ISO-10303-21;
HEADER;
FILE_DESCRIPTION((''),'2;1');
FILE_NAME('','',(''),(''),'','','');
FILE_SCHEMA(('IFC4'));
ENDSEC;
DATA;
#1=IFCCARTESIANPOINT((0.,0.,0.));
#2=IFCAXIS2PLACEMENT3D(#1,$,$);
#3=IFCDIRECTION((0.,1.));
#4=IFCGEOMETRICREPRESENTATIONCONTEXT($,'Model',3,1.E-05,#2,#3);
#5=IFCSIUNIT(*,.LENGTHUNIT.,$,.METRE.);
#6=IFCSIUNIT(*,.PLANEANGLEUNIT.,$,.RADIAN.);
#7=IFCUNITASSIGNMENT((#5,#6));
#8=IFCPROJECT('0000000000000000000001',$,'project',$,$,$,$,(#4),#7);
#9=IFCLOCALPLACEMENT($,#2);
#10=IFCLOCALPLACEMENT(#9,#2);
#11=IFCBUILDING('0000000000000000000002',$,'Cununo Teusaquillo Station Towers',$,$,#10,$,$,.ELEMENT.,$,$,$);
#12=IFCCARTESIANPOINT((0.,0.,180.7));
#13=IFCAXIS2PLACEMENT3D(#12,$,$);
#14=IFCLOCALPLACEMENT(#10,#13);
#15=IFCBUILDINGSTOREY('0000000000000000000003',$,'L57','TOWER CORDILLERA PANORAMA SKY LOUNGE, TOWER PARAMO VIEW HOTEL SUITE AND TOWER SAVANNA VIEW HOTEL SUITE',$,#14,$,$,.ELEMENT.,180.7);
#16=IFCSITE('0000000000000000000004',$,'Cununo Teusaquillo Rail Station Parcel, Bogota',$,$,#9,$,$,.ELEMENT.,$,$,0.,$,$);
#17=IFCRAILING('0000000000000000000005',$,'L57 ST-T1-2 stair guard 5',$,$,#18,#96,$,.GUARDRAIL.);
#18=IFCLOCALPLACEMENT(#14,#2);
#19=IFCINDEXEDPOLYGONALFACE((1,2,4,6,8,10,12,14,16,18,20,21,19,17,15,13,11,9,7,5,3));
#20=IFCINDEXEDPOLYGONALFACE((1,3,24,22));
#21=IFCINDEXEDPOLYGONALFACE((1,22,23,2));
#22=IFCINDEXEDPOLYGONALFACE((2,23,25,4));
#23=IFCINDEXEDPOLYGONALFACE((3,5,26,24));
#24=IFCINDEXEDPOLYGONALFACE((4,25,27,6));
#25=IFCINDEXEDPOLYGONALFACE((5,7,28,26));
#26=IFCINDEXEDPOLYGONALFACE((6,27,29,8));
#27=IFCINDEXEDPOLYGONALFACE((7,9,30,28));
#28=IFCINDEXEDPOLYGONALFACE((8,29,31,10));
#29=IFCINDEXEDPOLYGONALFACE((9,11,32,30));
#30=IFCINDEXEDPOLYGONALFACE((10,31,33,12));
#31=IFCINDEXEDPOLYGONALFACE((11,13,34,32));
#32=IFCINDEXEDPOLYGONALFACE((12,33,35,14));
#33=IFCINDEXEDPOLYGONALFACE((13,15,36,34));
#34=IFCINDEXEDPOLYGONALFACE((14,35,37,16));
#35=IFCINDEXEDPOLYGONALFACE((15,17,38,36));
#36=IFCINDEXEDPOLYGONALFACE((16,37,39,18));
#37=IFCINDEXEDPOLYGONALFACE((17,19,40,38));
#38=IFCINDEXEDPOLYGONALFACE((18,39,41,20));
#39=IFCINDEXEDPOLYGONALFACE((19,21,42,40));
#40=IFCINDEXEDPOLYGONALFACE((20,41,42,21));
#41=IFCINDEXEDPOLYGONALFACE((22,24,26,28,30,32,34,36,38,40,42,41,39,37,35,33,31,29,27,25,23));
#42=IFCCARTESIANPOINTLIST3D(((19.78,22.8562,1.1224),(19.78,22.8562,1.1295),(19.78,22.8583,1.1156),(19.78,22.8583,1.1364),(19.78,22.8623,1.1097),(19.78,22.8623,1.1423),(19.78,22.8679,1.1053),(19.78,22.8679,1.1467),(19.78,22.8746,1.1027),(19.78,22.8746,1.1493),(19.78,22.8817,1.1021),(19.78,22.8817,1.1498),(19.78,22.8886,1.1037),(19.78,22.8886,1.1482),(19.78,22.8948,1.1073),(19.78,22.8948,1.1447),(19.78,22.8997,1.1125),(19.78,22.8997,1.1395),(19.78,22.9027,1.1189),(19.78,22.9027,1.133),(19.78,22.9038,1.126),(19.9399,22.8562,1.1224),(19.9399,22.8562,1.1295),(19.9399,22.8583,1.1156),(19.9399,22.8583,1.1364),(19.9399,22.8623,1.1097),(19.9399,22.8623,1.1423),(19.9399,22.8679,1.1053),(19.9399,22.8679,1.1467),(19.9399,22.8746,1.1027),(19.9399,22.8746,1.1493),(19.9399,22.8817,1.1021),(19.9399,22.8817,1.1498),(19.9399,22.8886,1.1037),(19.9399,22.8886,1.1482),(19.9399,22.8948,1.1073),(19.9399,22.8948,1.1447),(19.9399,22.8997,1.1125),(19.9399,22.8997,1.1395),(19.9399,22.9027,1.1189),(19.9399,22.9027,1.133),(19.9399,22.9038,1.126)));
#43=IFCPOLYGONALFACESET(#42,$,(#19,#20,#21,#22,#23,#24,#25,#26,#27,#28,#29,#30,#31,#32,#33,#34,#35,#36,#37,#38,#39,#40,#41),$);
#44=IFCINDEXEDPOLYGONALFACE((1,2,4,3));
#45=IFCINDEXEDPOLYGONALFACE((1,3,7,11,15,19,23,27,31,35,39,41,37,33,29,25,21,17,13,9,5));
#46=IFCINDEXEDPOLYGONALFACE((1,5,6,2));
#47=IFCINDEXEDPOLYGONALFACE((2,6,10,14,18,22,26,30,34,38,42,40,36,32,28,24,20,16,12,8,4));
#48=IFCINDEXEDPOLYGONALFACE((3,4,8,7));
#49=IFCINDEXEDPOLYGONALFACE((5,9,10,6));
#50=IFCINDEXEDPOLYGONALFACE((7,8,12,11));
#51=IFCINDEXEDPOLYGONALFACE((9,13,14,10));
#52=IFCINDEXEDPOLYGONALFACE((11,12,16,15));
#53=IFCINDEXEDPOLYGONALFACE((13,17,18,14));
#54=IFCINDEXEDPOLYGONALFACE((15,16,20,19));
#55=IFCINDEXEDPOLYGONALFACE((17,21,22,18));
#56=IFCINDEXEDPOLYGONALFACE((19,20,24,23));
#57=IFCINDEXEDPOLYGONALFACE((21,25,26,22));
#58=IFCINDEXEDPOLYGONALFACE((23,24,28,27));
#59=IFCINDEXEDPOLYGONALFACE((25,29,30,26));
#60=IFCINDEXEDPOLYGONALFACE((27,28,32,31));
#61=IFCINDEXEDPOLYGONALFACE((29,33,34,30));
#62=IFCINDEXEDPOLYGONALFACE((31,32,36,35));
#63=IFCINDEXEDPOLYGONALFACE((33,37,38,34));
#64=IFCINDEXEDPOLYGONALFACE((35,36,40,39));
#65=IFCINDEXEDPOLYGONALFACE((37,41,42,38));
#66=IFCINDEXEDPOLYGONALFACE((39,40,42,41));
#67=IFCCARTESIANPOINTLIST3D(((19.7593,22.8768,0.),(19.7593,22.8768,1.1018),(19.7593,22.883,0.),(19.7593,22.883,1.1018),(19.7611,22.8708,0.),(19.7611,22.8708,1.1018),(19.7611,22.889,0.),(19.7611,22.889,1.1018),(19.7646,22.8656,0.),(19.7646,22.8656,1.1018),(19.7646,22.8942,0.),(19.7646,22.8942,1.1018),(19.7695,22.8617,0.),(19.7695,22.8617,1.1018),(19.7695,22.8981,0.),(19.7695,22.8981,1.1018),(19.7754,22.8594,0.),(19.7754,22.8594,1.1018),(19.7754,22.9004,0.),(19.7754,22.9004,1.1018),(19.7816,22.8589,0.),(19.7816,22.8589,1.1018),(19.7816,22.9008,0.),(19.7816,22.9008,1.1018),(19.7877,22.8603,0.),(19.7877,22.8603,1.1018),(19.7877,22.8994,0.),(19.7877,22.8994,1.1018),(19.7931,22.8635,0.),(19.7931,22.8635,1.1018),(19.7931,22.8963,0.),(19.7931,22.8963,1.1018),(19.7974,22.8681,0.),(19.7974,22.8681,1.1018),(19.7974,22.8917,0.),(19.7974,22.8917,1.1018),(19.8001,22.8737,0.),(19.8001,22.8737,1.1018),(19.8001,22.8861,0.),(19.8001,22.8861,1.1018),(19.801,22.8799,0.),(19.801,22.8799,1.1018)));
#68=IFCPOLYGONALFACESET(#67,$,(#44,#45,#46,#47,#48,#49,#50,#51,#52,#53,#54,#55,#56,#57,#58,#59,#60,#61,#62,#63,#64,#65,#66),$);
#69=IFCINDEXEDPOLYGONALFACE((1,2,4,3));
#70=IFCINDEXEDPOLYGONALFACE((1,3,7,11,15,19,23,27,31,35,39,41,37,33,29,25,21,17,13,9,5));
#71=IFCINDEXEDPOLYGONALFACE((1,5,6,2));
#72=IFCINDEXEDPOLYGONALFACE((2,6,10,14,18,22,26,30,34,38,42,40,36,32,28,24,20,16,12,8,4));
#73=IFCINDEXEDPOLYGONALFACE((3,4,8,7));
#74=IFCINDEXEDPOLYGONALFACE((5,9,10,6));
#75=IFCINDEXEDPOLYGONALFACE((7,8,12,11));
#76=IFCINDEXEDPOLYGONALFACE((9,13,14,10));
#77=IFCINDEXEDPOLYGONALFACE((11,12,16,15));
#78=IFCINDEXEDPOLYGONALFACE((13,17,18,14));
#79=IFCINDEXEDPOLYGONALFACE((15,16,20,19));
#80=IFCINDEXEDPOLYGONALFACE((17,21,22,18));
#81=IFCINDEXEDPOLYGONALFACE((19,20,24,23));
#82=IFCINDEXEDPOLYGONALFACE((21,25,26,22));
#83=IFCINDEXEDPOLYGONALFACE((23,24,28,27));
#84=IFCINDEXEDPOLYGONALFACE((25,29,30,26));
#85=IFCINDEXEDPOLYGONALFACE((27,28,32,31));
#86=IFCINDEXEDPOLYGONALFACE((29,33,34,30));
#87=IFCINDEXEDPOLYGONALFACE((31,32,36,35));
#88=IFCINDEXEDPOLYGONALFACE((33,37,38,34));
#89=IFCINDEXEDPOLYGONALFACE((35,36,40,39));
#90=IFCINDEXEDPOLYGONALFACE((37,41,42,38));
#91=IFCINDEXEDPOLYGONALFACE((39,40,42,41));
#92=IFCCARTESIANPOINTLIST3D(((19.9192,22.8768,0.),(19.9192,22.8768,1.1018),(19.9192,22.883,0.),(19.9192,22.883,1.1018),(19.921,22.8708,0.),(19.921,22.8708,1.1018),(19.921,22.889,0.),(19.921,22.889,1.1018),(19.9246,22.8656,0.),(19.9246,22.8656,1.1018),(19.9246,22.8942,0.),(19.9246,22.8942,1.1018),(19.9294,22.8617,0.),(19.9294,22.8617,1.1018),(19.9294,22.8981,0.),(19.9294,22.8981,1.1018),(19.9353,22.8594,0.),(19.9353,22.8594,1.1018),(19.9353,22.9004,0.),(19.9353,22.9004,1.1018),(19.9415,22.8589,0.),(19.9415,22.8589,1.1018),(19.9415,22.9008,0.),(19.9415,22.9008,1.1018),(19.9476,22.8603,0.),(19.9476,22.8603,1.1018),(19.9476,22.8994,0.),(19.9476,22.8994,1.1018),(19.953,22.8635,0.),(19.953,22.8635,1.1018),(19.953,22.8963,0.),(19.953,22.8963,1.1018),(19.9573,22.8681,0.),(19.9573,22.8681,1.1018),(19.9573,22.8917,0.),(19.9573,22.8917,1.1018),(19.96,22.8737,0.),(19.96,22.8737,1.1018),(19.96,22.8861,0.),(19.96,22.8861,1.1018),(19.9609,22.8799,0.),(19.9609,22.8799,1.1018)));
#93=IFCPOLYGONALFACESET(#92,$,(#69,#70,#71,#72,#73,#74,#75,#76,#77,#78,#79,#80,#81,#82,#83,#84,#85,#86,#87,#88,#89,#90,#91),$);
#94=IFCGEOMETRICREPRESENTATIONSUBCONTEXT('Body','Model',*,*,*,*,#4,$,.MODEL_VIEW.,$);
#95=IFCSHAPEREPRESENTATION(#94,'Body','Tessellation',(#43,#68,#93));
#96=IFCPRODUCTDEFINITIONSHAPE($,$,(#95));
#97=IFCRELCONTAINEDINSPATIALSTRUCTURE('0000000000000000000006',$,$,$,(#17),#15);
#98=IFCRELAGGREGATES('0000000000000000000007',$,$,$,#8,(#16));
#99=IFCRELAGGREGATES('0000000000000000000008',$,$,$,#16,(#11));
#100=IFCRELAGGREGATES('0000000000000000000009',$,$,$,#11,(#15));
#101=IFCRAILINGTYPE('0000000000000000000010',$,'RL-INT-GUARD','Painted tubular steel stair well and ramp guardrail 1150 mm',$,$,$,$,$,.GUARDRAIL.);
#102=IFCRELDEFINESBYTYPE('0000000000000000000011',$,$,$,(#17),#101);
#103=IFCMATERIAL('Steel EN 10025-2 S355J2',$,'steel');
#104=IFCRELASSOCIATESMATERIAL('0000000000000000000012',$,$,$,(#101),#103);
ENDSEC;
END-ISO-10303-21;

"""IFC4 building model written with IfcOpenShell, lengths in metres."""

from ifc_helpers import new_model, si_unit, direction, frame, origin, origin_2d, place, context, subcontext, project, spatial, circle, extrude, material, type_object, element, save


model = new_model("IFC4")

# Units and contexts
model_context = context("Model", 3, precision=1e-05, world=origin(), true_north=direction((0.0, 1.0)))
body_context = subcontext(model_context, "Body", "Model", "MODEL_VIEW")
ifc_project = project(units=[si_unit("LENGTHUNIT", "METRE"), si_unit("PLANEANGLEUNIT", "RADIAN")], contexts=[model_context])

# Site, building, storey
site_placement = place(None, origin())
site = spatial("IfcSite", under=ifc_project, at=site_placement, Name="Cununo Teusaquillo Rail Station Parcel, Bogota", CompositionType="ELEMENT", RefElevation=0.0)
building_placement = place(site_placement, origin())
building = spatial("IfcBuilding", under=site, at=building_placement, Name="Cununo Teusaquillo Station Towers", CompositionType="ELEMENT")
storey_placement = place(building_placement, frame((0.0, 0.0, 180.7)))
storey = spatial("IfcBuildingStorey", under=building, at=storey_placement, Name="L57", Description="TOWER CORDILLERA PANORAMA SKY LOUNGE, TOWER PARAMO VIEW HOTEL SUITE AND TOWER SAVANNA VIEW HOTEL SUITE", CompositionType="ELEMENT", Elevation=180.7)

# Railing
ifc_material_1 = material(Name="Steel EN 10025-2 S355J2", Category="steel")
railing_type_1 = type_object("IfcRailingType", Name="RL-INT-GUARD", Description="Painted tubular steel stair well and ramp guardrail 1150 mm", PredefinedType="GUARDRAIL", material=ifc_material_1)
railing_1_placement = place(storey_placement, frame((19.78, 22.8799, 0.0)))
element("IfcRailing", 1, at=railing_1_placement, inside=storey, type_object=railing_type_1, Name="L57 ST-T1-2 stair guard 5", PredefinedType="GUARDRAIL", context=body_context, shape_type="SweptSolid", body=[
    extrude(circle(Radius=0.0239, at=origin_2d()), frame((0.0, 0.0, 1.126), z_axis=(1.0, 0.0, 0.0), x_axis=(0.0, 1.0, 0.0)), (0.0, 0.0, 1.0), 0.1599),
    extrude(circle(Radius=0.021, at=origin_2d()), origin(), (0.0, 0.0, 1.0), 1.1018),
    extrude(circle(Radius=0.021, at=origin_2d()), frame((0.1599, 0.0, 0.0)), (0.0, 0.0, 1.0), 1.1018),
])

save(model, "model.ifc")
